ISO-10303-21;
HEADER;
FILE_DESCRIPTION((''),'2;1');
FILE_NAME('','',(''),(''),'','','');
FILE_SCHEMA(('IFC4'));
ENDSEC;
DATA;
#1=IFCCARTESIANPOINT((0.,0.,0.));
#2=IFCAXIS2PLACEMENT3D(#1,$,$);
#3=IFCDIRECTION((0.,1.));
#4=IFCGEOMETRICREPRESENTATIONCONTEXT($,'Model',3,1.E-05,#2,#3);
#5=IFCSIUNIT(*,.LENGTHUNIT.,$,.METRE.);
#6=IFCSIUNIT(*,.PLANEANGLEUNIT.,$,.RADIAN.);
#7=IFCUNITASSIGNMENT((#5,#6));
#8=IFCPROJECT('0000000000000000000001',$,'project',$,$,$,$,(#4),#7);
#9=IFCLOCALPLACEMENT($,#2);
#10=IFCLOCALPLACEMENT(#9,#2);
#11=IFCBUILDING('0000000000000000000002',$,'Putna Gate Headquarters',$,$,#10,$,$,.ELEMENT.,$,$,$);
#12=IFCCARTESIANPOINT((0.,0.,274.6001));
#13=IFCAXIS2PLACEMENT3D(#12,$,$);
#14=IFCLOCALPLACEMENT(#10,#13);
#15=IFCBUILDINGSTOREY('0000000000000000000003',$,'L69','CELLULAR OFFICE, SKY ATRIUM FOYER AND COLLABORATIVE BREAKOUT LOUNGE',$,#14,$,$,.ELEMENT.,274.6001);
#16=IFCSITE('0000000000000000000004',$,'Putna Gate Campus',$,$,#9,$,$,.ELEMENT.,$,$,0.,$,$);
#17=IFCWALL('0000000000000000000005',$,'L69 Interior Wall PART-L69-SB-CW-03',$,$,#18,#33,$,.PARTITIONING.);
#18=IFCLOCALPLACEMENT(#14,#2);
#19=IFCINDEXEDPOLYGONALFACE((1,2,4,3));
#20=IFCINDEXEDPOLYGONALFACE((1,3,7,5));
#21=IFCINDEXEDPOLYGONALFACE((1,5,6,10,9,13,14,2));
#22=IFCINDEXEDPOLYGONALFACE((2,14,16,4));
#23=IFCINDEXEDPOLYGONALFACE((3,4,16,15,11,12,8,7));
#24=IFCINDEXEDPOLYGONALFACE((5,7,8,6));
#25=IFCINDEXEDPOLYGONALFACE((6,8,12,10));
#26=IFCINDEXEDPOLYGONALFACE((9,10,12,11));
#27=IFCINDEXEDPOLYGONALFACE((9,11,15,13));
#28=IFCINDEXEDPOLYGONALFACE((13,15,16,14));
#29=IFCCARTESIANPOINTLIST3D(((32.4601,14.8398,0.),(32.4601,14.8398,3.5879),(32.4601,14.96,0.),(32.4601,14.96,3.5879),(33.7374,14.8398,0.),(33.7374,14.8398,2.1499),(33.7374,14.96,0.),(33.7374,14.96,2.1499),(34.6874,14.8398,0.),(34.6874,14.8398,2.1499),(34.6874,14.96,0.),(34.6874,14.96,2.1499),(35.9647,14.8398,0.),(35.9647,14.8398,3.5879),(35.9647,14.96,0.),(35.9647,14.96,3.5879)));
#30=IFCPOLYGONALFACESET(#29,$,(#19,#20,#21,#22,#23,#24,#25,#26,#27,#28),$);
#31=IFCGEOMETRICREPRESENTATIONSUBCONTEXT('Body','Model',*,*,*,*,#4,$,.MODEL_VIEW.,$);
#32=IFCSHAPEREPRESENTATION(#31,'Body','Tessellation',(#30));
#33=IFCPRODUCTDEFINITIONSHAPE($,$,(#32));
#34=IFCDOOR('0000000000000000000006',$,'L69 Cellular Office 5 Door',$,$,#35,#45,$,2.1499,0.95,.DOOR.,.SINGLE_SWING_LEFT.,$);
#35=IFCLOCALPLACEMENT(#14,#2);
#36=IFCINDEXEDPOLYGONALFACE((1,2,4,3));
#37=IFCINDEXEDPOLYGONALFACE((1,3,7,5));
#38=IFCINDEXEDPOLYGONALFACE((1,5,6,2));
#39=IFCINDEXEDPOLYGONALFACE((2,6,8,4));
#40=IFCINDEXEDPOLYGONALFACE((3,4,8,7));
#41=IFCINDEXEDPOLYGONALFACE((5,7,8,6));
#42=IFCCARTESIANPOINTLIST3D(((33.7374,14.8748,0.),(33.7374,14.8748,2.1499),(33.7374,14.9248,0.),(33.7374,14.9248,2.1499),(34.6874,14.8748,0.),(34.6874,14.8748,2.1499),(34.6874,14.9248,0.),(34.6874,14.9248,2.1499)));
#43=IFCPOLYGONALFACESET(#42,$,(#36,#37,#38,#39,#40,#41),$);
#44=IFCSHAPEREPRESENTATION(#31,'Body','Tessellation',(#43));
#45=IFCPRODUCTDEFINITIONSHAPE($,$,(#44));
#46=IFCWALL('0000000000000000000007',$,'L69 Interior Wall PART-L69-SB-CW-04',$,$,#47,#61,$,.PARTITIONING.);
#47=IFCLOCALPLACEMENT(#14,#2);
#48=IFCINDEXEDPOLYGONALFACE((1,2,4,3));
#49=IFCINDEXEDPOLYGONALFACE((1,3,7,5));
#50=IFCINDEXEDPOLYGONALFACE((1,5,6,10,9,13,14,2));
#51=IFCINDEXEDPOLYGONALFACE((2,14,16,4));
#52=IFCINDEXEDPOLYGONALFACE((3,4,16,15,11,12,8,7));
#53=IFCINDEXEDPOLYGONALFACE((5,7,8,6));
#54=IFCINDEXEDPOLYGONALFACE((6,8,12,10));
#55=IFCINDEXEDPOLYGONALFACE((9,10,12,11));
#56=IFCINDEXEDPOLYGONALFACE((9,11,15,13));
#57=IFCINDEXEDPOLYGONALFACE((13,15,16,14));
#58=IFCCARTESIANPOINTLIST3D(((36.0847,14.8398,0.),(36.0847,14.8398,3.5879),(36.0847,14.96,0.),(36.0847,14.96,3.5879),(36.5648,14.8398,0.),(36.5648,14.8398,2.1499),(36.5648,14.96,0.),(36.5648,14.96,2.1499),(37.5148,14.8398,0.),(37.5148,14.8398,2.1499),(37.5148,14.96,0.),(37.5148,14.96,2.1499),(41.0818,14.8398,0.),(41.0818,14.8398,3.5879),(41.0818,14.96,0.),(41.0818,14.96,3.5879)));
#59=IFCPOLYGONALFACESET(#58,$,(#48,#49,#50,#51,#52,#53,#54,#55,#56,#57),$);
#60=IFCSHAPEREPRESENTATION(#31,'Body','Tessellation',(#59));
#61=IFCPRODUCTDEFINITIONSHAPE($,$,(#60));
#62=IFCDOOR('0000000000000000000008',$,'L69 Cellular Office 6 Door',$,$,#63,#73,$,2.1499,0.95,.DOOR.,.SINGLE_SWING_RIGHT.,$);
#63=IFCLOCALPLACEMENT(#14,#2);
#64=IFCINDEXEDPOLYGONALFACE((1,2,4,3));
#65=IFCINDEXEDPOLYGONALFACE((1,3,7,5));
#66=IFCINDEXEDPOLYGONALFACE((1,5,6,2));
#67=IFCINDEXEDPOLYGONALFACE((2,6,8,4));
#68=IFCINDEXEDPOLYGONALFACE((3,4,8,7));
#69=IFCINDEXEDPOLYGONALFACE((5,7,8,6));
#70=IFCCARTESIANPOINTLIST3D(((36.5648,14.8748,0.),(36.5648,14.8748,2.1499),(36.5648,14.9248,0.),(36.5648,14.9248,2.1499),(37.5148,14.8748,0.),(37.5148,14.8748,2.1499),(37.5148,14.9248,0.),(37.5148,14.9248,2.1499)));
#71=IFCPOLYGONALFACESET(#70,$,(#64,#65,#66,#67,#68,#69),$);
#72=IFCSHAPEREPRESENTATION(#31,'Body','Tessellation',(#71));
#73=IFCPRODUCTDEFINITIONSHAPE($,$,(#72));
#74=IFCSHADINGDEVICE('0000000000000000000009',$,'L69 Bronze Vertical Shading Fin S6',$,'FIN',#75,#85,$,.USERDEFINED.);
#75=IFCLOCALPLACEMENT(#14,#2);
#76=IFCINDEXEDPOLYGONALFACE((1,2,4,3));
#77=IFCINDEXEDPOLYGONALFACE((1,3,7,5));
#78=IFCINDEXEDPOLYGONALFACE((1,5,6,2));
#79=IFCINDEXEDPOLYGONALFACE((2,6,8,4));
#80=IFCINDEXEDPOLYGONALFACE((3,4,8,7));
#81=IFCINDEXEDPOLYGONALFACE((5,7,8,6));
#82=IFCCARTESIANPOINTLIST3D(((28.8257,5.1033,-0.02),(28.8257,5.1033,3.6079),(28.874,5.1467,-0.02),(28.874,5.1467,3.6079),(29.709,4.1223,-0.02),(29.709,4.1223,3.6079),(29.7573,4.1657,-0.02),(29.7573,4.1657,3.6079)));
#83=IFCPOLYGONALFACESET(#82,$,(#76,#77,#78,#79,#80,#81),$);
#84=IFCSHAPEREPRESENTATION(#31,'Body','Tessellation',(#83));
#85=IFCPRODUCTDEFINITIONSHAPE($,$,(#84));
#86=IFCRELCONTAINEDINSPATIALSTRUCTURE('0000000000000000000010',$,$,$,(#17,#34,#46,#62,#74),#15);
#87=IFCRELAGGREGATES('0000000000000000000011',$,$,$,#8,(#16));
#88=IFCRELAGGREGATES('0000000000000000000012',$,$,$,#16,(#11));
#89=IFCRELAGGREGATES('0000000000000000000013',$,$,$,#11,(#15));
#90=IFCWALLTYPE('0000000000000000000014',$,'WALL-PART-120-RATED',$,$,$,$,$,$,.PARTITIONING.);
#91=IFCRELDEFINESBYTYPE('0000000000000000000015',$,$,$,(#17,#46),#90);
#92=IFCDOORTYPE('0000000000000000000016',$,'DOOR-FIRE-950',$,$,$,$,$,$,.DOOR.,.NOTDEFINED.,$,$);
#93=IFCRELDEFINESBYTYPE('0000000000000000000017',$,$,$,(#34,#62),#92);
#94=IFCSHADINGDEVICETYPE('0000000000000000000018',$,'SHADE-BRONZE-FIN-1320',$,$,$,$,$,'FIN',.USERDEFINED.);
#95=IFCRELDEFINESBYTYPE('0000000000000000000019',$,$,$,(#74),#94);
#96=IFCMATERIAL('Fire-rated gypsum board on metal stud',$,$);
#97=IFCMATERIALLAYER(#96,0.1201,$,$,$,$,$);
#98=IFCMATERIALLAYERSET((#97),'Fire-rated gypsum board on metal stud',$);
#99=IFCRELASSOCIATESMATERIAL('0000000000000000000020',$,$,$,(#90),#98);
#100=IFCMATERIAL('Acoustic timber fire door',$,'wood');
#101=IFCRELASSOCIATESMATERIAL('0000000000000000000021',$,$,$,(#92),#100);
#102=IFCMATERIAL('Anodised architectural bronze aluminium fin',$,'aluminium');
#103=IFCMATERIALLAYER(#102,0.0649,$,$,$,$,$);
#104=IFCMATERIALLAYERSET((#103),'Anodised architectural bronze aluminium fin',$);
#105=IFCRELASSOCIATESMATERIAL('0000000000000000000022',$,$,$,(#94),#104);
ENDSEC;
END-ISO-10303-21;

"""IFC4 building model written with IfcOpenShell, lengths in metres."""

from ifc_helpers import new_model, si_unit, direction, frame, frame_2d, origin, origin_2d, place, context, subcontext, project, spatial, rectangle, extrude, material, layer, layer_set, type_object, element, fill, save


model = new_model("IFC4")

# Units and contexts
model_context = context("Model", 3, precision=1e-05, world=origin(), true_north=direction((0.0, 1.0)))
body_context = subcontext(model_context, "Body", "Model", "MODEL_VIEW")
ifc_project = project(units=[si_unit("LENGTHUNIT", "METRE"), si_unit("PLANEANGLEUNIT", "RADIAN")], contexts=[model_context])

# Site, building, storey
site_placement = place(None, origin())
site = spatial("IfcSite", under=ifc_project, at=site_placement, Name="Putna Gate Campus", CompositionType="ELEMENT", RefElevation=0.0)
building_placement = place(site_placement, origin())
building = spatial("IfcBuilding", under=site, at=building_placement, Name="Putna Gate Headquarters", CompositionType="ELEMENT")
storey_placement = place(building_placement, frame((0.0, 0.0, 274.6001)))
storey = spatial("IfcBuildingStorey", under=building, at=storey_placement, Name="L69", Description="CELLULAR OFFICE, SKY ATRIUM FOYER AND COLLABORATIVE BREAKOUT LOUNGE", CompositionType="ELEMENT", Elevation=274.6001)

# Walls, openings, doors
ifc_material_1 = material(Name="Fire-rated gypsum board on metal stud")
ifc_layer_1 = layer(ifc_material_1, 0.1201)
ifc_layer_set_1 = layer_set([ifc_layer_1], Name="Fire-rated gypsum board on metal stud")
wall_type_1 = type_object("IfcWallType", Name="WALL-PART-120-RATED", PredefinedType="PARTITIONING", material=ifc_layer_set_1)
wall_1_placement = place(storey_placement, frame((32.46, 14.8999, 0.0), z_axis=(0.0, 0.0, 1.0), x_axis=(1.0, 0.0, 0.0)))
wall_1 = element("IfcWall", 1, at=wall_1_placement, inside=storey, type_object=wall_type_1, Name="L69 Interior Wall PART-L69-SB-CW-03", PredefinedType="PARTITIONING", context=body_context, shape_type="SweptSolid", body=[
    extrude(rectangle(XDim=3.5046, YDim=0.1201, at=frame_2d((1.7524, 0.0))), origin(), (0.0, 0.0, 1.0), 3.5879),
])
opening_1_placement = place(wall_1_placement, frame((1.2773, 0.0, 0.0)))
opening_1 = element("IfcOpeningElement", 2, at=opening_1_placement, cuts=wall_1, PredefinedType="OPENING", context=body_context, shape_type="SweptSolid", body=[
    extrude(rectangle(XDim=0.95, YDim=2.1499, at=frame_2d((0.4751, 1.075))), frame((0.0, 0.0701, 0.0), z_axis=(0.0, -1.0, 0.0), x_axis=(1.0, 0.0, 0.0)), (0.0, 0.0, 1.0), 0.1401),
])
ifc_material_2 = material(Name="Acoustic timber fire door", Category="wood")
door_type = type_object("IfcDoorType", Name="DOOR-FIRE-950", OperationType="NOTDEFINED", PredefinedType="DOOR", material=ifc_material_2)
door_1_placement = place(opening_1_placement, origin())
door_1 = element("IfcDoor", 3, at=door_1_placement, inside=storey, type_object=door_type, Name="L69 Cellular Office 5 Door", OperationType="SINGLE_SWING_LEFT", OverallHeight=2.1499, OverallWidth=0.95, PredefinedType="DOOR", context=body_context, shape_type="SweptSolid", body=[
    extrude(rectangle(XDim=0.95, YDim=2.1499, at=frame_2d((0.4751, 1.075))), frame((0.0, 0.0249, 0.0), z_axis=(0.0, -1.0, 0.0), x_axis=(1.0, 0.0, 0.0)), (0.0, 0.0, 1.0), 0.05),
])
fill(opening_1, door_1)
wall_2_placement = place(storey_placement, frame((36.0847, 14.8999, 0.0), z_axis=(0.0, 0.0, 1.0), x_axis=(1.0, 0.0, 0.0)))
wall_2 = element("IfcWall", 4, at=wall_2_placement, inside=storey, type_object=wall_type_1, Name="L69 Interior Wall PART-L69-SB-CW-04", PredefinedType="PARTITIONING", context=body_context, shape_type="SweptSolid", body=[
    extrude(rectangle(XDim=4.9971, YDim=0.1201, at=frame_2d((2.4985, 0.0))), origin(), (0.0, 0.0, 1.0), 3.5879),
])
opening_2_placement = place(wall_2_placement, frame((0.48, 0.0, 0.0)))
opening_2 = element("IfcOpeningElement", 5, at=opening_2_placement, cuts=wall_2, PredefinedType="OPENING", context=body_context, shape_type="SweptSolid", body=[
    extrude(rectangle(XDim=0.95, YDim=2.1499, at=frame_2d((0.4751, 1.075))), frame((0.0, 0.0701, 0.0), z_axis=(0.0, -1.0, 0.0), x_axis=(1.0, 0.0, 0.0)), (0.0, 0.0, 1.0), 0.1401),
])
door_2_placement = place(opening_2_placement, origin())
door_2 = element("IfcDoor", 6, at=door_2_placement, inside=storey, type_object=door_type, Name="L69 Cellular Office 6 Door", OperationType="SINGLE_SWING_RIGHT", OverallHeight=2.1499, OverallWidth=0.95, PredefinedType="DOOR", context=body_context, shape_type="SweptSolid", body=[
    extrude(rectangle(XDim=0.95, YDim=2.1499, at=frame_2d((0.4751, 1.075))), frame((0.0, 0.0249, 0.0), z_axis=(0.0, -1.0, 0.0), x_axis=(1.0, 0.0, 0.0)), (0.0, 0.0, 1.0), 0.05),
])
fill(opening_2, door_2)

# Shading device
ifc_material_3 = material(Name="Anodised architectural bronze aluminium fin", Category="aluminium")
ifc_layer_2 = layer(ifc_material_3, 0.0649)
ifc_layer_set_2 = layer_set([ifc_layer_2], Name="Anodised architectural bronze aluminium fin")
shading_device_type = type_object("IfcShadingDeviceType", Name="SHADE-BRONZE-FIN-1320", ElementType="FIN", PredefinedType="USERDEFINED", material=ifc_layer_set_2)
shading_device_placement = place(storey_placement, frame((29.2915, 4.6345, -0.02), z_axis=(0.0, 0.0, 1.0), x_axis=(0.669131, -0.743145, 0.0)))
element("IfcShadingDevice", 7, at=shading_device_placement, inside=storey, type_object=shading_device_type, Name="L69 Bronze Vertical Shading Fin S6", ObjectType="FIN", PredefinedType="USERDEFINED", context=body_context, shape_type="SweptSolid", body=[
    extrude(rectangle(XDim=1.3201, YDim=0.0649, at=origin_2d()), origin(), (0.0, 0.0, 1.0), 3.6279),
])

save(model, "model.ifc")
